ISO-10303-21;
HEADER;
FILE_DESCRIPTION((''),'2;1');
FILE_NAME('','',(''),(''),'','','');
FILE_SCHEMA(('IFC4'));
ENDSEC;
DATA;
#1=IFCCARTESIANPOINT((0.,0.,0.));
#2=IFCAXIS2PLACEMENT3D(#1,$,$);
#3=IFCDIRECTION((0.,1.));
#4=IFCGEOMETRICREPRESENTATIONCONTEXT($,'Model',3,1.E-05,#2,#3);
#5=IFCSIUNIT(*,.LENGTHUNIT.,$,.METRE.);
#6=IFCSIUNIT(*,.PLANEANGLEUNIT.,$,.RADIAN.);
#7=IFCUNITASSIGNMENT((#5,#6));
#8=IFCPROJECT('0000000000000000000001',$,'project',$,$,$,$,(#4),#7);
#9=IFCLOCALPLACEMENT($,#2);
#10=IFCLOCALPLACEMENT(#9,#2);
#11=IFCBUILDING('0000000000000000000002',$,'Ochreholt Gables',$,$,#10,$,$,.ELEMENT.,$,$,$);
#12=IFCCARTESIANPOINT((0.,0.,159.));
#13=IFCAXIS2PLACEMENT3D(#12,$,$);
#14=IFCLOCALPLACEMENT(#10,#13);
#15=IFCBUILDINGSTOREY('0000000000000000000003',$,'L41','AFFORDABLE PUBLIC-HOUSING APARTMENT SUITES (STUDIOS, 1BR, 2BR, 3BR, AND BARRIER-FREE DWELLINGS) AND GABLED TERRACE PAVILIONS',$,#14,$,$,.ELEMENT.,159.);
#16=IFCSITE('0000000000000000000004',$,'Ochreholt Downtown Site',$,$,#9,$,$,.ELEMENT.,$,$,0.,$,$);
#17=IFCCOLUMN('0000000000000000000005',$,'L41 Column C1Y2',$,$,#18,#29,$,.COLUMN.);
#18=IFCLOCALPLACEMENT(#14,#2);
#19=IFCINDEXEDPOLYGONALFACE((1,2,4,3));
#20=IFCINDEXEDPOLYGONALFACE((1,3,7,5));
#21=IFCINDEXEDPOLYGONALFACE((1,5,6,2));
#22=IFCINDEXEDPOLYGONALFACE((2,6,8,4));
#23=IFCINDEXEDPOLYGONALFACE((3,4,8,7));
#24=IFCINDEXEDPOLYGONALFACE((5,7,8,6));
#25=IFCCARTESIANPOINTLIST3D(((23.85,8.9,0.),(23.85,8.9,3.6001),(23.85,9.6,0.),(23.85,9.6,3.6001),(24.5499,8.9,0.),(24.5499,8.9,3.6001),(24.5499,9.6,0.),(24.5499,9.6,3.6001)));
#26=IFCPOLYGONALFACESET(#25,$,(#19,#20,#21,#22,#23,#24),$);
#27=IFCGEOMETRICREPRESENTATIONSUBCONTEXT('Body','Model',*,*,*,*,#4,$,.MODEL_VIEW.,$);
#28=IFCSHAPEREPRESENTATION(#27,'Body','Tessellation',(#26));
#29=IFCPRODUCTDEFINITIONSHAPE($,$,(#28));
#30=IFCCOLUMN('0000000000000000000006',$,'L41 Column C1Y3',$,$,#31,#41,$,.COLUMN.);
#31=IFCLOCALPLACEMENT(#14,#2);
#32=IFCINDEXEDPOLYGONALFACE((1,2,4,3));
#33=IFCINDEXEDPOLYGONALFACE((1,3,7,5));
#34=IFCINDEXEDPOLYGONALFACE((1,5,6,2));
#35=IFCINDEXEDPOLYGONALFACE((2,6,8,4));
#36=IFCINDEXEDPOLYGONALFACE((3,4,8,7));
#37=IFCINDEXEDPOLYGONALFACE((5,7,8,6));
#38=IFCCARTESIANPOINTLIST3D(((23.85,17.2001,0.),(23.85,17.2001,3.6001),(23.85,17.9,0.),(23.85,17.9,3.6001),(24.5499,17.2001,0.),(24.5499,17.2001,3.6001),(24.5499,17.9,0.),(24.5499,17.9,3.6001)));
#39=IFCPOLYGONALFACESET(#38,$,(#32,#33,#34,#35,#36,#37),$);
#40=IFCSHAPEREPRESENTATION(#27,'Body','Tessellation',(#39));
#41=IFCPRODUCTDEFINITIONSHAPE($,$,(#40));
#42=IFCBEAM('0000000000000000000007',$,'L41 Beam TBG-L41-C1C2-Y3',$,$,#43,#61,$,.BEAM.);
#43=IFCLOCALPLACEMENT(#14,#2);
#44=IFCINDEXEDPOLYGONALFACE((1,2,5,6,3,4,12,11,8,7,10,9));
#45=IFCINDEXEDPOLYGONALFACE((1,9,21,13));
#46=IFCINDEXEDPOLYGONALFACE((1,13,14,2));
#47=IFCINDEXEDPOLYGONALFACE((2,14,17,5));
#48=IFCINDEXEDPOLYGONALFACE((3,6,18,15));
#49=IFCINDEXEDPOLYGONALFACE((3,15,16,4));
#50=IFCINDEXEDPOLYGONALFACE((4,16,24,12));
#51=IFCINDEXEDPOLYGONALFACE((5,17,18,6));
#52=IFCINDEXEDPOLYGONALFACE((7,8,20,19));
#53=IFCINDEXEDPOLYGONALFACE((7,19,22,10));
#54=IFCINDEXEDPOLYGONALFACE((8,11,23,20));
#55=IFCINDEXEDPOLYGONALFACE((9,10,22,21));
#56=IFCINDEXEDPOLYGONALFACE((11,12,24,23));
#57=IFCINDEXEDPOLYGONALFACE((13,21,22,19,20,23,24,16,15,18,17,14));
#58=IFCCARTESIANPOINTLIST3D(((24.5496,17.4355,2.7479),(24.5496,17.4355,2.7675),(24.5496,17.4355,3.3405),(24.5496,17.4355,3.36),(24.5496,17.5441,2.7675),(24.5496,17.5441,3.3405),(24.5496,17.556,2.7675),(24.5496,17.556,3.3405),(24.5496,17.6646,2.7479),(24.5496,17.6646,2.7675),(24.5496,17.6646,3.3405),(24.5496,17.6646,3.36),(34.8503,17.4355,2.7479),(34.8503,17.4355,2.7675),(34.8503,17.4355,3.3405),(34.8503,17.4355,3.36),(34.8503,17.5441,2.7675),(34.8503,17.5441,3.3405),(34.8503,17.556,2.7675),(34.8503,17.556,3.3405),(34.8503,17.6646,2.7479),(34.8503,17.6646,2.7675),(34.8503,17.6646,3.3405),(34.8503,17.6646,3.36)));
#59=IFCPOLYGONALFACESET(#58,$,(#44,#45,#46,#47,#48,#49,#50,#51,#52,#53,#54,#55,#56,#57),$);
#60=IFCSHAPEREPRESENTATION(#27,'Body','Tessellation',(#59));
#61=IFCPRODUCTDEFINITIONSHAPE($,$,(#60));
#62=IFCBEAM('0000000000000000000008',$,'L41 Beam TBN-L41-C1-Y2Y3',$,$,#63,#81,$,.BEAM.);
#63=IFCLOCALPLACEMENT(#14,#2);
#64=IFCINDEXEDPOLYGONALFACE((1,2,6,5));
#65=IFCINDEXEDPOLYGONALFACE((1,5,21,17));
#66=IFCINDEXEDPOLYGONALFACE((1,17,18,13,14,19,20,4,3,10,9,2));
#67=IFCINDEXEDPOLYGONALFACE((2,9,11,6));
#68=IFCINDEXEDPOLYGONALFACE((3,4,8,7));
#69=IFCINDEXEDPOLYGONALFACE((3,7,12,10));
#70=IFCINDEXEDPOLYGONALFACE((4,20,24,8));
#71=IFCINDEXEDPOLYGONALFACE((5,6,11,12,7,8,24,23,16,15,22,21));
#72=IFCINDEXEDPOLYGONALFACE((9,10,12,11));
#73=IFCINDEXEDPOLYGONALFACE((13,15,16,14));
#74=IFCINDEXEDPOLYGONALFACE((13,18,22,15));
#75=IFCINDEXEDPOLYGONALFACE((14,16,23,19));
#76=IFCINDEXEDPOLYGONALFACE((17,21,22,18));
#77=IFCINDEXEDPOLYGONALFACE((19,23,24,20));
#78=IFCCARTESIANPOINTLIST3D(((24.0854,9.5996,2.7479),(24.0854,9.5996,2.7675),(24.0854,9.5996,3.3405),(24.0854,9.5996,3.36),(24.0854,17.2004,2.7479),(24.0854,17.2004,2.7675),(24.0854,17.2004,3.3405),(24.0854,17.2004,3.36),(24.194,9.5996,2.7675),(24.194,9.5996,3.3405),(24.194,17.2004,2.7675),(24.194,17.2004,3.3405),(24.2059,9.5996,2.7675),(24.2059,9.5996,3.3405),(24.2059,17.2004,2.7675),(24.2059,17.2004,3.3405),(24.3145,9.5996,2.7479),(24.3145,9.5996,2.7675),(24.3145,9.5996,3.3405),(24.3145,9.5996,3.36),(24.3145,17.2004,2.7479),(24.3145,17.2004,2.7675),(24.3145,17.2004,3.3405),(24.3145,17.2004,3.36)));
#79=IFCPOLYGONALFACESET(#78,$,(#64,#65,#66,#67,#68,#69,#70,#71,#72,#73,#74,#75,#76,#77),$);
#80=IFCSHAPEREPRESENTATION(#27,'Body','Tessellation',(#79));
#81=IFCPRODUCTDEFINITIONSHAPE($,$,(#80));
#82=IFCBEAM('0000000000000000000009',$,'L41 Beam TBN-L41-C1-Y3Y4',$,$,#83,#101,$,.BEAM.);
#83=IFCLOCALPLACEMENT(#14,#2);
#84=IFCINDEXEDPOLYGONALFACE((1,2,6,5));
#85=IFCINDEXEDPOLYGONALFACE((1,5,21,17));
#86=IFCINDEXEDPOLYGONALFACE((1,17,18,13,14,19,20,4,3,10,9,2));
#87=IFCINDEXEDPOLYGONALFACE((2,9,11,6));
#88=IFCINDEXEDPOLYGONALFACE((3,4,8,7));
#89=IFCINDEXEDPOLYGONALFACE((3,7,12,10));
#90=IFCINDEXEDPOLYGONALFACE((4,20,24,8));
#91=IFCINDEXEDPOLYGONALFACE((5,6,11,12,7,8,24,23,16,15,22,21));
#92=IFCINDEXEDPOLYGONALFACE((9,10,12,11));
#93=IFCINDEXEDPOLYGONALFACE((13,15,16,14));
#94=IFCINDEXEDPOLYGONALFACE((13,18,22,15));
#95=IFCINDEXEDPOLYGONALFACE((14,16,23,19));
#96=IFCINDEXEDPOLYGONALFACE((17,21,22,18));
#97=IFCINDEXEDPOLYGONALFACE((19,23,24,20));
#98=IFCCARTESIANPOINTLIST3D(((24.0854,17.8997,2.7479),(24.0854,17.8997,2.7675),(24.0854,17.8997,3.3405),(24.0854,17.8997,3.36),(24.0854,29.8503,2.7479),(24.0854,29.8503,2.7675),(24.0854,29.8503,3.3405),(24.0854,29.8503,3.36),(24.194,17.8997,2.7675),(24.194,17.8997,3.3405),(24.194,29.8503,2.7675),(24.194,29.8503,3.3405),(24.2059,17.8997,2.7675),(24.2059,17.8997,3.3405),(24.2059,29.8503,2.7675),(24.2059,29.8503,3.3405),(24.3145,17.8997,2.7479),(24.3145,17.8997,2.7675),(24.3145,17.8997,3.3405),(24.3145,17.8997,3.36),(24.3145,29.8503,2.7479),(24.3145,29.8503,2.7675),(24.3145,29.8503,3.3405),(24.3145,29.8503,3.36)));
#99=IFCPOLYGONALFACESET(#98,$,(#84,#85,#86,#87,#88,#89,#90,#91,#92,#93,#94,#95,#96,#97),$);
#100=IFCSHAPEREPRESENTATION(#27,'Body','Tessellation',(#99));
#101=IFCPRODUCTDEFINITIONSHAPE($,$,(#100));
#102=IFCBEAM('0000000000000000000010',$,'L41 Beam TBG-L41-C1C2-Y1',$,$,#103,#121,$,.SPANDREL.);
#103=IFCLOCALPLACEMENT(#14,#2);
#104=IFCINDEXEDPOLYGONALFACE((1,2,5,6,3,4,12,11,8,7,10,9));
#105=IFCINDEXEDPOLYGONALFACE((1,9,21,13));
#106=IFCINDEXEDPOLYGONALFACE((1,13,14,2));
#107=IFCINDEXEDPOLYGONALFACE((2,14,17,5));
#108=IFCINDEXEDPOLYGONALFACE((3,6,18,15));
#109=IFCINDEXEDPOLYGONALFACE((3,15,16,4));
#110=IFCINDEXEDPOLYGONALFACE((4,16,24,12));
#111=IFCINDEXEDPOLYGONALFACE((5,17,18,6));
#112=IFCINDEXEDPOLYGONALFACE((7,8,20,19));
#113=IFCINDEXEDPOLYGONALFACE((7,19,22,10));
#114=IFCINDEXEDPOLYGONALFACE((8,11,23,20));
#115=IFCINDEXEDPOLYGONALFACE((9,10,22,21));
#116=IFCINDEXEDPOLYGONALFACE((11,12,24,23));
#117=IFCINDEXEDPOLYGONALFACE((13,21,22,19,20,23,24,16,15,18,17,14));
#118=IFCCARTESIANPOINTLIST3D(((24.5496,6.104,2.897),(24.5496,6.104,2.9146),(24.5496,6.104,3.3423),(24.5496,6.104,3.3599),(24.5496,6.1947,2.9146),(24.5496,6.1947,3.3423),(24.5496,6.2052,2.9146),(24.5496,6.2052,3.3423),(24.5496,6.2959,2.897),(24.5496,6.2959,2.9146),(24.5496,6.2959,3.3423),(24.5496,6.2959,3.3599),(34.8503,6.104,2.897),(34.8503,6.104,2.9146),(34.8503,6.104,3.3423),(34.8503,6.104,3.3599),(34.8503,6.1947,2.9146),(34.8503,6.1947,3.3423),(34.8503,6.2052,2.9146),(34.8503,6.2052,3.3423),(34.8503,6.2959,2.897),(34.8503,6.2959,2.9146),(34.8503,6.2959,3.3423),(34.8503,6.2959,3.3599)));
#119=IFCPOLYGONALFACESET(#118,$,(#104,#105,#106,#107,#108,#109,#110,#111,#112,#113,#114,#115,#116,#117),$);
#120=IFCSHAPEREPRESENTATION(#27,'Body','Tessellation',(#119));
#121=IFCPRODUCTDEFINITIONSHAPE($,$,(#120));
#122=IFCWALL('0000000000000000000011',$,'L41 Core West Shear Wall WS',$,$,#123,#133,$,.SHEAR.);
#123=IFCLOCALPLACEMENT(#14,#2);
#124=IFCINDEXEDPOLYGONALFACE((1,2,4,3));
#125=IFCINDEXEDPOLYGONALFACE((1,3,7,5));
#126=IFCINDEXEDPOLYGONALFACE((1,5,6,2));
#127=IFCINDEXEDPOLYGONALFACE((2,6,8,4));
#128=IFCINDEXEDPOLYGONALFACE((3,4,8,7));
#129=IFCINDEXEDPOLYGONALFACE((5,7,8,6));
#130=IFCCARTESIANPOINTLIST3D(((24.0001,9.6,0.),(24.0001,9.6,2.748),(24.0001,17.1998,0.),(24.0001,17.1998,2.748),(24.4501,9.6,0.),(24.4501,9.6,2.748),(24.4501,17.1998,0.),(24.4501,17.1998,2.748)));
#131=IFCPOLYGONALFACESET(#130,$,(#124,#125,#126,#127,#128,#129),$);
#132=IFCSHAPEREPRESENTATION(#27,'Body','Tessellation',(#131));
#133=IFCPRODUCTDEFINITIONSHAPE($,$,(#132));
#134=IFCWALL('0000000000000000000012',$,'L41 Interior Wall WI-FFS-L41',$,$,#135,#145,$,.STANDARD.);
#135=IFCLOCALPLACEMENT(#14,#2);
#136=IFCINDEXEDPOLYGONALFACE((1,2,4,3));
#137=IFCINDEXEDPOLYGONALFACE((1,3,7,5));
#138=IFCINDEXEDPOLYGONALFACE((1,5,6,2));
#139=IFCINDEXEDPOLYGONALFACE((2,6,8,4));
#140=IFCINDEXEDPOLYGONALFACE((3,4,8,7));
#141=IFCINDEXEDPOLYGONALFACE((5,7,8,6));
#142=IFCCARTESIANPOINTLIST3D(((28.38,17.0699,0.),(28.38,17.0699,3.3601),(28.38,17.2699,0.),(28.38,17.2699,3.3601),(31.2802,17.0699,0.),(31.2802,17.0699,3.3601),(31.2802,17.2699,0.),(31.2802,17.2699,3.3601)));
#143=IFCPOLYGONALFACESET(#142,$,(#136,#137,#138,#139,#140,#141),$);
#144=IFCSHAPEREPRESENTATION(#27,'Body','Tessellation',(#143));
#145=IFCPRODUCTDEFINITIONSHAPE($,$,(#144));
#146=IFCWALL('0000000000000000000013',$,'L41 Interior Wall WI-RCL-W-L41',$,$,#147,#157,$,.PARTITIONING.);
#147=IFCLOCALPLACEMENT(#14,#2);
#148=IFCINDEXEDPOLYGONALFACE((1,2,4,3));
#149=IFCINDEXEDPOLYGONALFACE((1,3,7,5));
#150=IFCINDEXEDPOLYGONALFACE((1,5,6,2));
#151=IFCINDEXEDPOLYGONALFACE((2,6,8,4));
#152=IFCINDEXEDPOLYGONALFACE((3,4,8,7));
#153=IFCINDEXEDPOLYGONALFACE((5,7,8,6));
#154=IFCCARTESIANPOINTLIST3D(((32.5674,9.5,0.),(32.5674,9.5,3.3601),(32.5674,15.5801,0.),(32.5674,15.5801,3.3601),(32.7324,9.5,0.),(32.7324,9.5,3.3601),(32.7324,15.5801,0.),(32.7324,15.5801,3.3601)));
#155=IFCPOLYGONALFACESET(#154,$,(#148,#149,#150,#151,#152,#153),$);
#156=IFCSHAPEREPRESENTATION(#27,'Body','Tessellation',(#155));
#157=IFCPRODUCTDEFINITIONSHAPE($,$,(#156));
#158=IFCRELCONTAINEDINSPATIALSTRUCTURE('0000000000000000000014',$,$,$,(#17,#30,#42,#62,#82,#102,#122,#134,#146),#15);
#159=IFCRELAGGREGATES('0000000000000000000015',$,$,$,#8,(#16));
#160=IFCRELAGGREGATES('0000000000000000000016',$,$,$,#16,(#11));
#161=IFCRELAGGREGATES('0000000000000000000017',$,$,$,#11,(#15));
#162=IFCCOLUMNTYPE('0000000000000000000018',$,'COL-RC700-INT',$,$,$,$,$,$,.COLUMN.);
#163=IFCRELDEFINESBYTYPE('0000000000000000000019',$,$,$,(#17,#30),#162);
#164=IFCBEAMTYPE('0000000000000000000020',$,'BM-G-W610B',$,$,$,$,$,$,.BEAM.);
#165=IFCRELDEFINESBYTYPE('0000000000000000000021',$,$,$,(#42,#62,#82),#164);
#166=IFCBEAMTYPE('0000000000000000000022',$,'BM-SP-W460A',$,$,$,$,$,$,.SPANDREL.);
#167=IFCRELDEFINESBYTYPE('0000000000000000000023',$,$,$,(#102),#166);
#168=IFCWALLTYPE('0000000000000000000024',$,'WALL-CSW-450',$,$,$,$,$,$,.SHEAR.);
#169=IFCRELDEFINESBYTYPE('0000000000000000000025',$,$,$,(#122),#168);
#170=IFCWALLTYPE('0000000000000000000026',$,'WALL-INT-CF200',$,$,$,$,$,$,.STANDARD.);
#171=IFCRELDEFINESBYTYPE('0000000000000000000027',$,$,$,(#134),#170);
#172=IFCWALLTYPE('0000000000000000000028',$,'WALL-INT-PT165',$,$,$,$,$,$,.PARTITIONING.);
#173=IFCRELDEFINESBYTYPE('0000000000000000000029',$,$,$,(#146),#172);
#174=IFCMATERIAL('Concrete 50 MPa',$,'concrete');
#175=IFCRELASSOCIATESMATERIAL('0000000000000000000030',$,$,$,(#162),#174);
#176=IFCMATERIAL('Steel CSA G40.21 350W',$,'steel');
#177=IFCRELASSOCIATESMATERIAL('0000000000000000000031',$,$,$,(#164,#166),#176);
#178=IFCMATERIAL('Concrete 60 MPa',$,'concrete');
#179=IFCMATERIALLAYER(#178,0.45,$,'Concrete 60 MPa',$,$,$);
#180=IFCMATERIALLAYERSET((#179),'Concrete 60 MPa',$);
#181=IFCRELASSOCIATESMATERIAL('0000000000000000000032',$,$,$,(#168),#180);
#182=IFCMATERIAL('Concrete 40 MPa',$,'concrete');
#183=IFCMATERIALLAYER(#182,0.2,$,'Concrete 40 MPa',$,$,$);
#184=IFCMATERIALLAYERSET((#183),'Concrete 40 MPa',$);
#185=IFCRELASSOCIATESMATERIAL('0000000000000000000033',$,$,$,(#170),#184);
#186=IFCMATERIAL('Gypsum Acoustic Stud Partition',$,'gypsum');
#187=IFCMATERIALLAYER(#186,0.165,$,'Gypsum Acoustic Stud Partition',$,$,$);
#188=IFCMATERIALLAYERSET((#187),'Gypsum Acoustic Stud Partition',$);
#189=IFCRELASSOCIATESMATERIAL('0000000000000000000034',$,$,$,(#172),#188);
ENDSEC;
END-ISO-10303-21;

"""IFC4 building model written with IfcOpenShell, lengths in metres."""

from ifc_helpers import new_model, si_unit, direction, frame, frame_2d, origin, origin_2d, place, context, subcontext, project, spatial, rectangle, i_section, extrude, material, layer, layer_set, material_profile, profile_set, type_object, element, save


model = new_model("IFC4")

# Units and contexts
model_context = context("Model", 3, precision=1e-05, world=origin(), true_north=direction((0.0, 1.0)))
body_context = subcontext(model_context, "Body", "Model", "MODEL_VIEW")
ifc_project = project(units=[si_unit("LENGTHUNIT", "METRE"), si_unit("PLANEANGLEUNIT", "RADIAN")], contexts=[model_context])

# Site, building, storey
site_placement = place(None, origin())
site = spatial("IfcSite", under=ifc_project, at=site_placement, Name="Ochreholt Downtown Site", CompositionType="ELEMENT", RefElevation=0.0)
building_placement = place(site_placement, origin())
building = spatial("IfcBuilding", under=site, at=building_placement, Name="Ochreholt Gables", CompositionType="ELEMENT")
storey_placement = place(building_placement, frame((0.0, 0.0, 159.0)))
storey = spatial("IfcBuildingStorey", under=building, at=storey_placement, Name="L41", Description="AFFORDABLE PUBLIC-HOUSING APARTMENT SUITES (STUDIOS, 1BR, 2BR, 3BR, AND BARRIER-FREE DWELLINGS) AND GABLED TERRACE PAVILIONS", CompositionType="ELEMENT", Elevation=159.0)

# Columns
ifc_material_1 = material(Name="Concrete 50 MPa", Category="concrete")
ifc_material_profile_1 = material_profile(ifc_material_1, rectangle(XDim=0.7, YDim=0.7, at=origin_2d()), Name="RC700X700")
ifc_profile_set_1 = profile_set([ifc_material_profile_1], Name="Concrete 50 MPa")
column_type = type_object("IfcColumnType", Name="COL-RC700-INT", PredefinedType="COLUMN", material=ifc_profile_set_1)
for number, where, z_axis, x_axis, name in (
    (1, (24.2, 9.25, 0.0), (0.0, 0.0, 1.0), (1.0, 0.0, 0.0), "L41 Column C1Y2"),
    (2, (24.2, 17.55, 0.0), (0.0, 0.0, 1.0), (1.0, 0.0, 0.0), "L41 Column C1Y3"),
):
    element("IfcColumn", number, at=place(storey_placement, frame(where, z_axis=z_axis, x_axis=x_axis)), inside=storey, type_object=column_type, Name=name, PredefinedType="COLUMN", context=body_context, shape_type="SweptSolid", body=[
        extrude(rectangle(XDim=0.7, YDim=0.7, at=origin_2d()), origin(), (0.0, 0.0, 1.0), 3.6001),
    ])

# Beams
ifc_material_2 = material(Name="Steel CSA G40.21 350W", Category="steel")
ifc_material_profile_2 = material_profile(ifc_material_2, i_section(OverallWidth=0.229, OverallDepth=0.6121, WebThickness=0.012, FlangeThickness=0.0195, at=origin_2d()), Name="W610X125")
ifc_profile_set_2 = profile_set([ifc_material_profile_2], Name="Steel CSA G40.21 350W")
beam_type_1 = type_object("IfcBeamType", Name="BM-G-W610B", PredefinedType="BEAM", material=ifc_profile_set_2)
beam_1_placement = place(storey_placement, frame((24.5496, 17.55, 3.054), z_axis=(1.0, 0.0, 0.0), x_axis=(0.0, 1.0, 0.0)))
element("IfcBeam", 3, at=beam_1_placement, inside=storey, type_object=beam_type_1, Name="L41 Beam TBG-L41-C1C2-Y3", PredefinedType="BEAM", context=body_context, shape_type="SweptSolid", body=[
    extrude(i_section(OverallWidth=0.229, OverallDepth=0.6121, WebThickness=0.012, FlangeThickness=0.0195, at=origin_2d()), origin(), (0.0, 0.0, 1.0), 10.3008),
])
beam_2_placement = place(storey_placement, frame((24.2, 9.5996, 3.054), z_axis=(0.0, 1.0, 0.0), x_axis=(-1.0, 0.0, 0.0)))
element("IfcBeam", 4, at=beam_2_placement, inside=storey, type_object=beam_type_1, Name="L41 Beam TBN-L41-C1-Y2Y3", PredefinedType="BEAM", context=body_context, shape_type="SweptSolid", body=[
    extrude(i_section(OverallWidth=0.229, OverallDepth=0.6121, WebThickness=0.012, FlangeThickness=0.0195, at=origin_2d()), origin(), (0.0, 0.0, 1.0), 7.6008),
])
beam_3_placement = place(storey_placement, frame((24.2, 17.8997, 3.054), z_axis=(0.0, 1.0, 0.0), x_axis=(-1.0, 0.0, 0.0)))
element("IfcBeam", 5, at=beam_3_placement, inside=storey, type_object=beam_type_1, Name="L41 Beam TBN-L41-C1-Y3Y4", PredefinedType="BEAM", context=body_context, shape_type="SweptSolid", body=[
    extrude(i_section(OverallWidth=0.229, OverallDepth=0.6121, WebThickness=0.012, FlangeThickness=0.0195, at=origin_2d()), origin(), (0.0, 0.0, 1.0), 11.9507),
])
ifc_material_profile_3 = material_profile(ifc_material_2, i_section(OverallWidth=0.1919, OverallDepth=0.4629, WebThickness=0.0105, FlangeThickness=0.0176, at=origin_2d()), Name="W460X89")
ifc_profile_set_3 = profile_set([ifc_material_profile_3], Name="Steel CSA G40.21 350W")
beam_type_2 = type_object("IfcBeamType", Name="BM-SP-W460A", PredefinedType="SPANDREL", material=ifc_profile_set_3)
beam_4_placement = place(storey_placement, frame((24.5496, 6.2, 3.1284), z_axis=(1.0, 0.0, 0.0), x_axis=(0.0, 1.0, 0.0)))
element("IfcBeam", 6, at=beam_4_placement, inside=storey, type_object=beam_type_2, Name="L41 Beam TBG-L41-C1C2-Y1", PredefinedType="SPANDREL", context=body_context, shape_type="SweptSolid", body=[
    extrude(i_section(OverallWidth=0.1919, OverallDepth=0.4629, WebThickness=0.0105, FlangeThickness=0.0176, at=origin_2d()), origin(), (0.0, 0.0, 1.0), 10.3008),
])

# Walls
ifc_material_3 = material(Name="Concrete 60 MPa", Category="concrete")
ifc_layer_1 = layer(ifc_material_3, 0.45, Name="Concrete 60 MPa")
ifc_layer_set_1 = layer_set([ifc_layer_1], Name="Concrete 60 MPa")
wall_type_1 = type_object("IfcWallType", Name="WALL-CSW-450", PredefinedType="SHEAR", material=ifc_layer_set_1)
wall_1_placement = place(storey_placement, frame((24.2251, 9.6001, 0.0), z_axis=(0.0, 0.0, 1.0), x_axis=(0.0, 1.0, 0.0)))
element("IfcWall", 7, at=wall_1_placement, inside=storey, type_object=wall_type_1, Name="L41 Core West Shear Wall WS", PredefinedType="SHEAR", context=body_context, shape_type="SweptSolid", body=[
    extrude(rectangle(XDim=7.5999, YDim=0.45, at=frame_2d((3.7998, 0.0))), origin(), (0.0, 0.0, 1.0), 2.748),
])
ifc_material_4 = material(Name="Concrete 40 MPa", Category="concrete")
ifc_layer_2 = layer(ifc_material_4, 0.2, Name="Concrete 40 MPa")
ifc_layer_set_2 = layer_set([ifc_layer_2], Name="Concrete 40 MPa")
wall_type_2 = type_object("IfcWallType", Name="WALL-INT-CF200", PredefinedType="STANDARD", material=ifc_layer_set_2)
wall_2_placement = place(storey_placement, frame((28.3799, 17.1699, 0.0), z_axis=(0.0, 0.0, 1.0), x_axis=(1.0, 0.0, 0.0)))
element("IfcWall", 8, at=wall_2_placement, inside=storey, type_object=wall_type_2, Name="L41 Interior Wall WI-FFS-L41", PredefinedType="STANDARD", context=body_context, shape_type="SweptSolid", body=[
    extrude(rectangle(XDim=2.9001, YDim=0.2, at=frame_2d((1.4502, 0.0))), origin(), (0.0, 0.0, 1.0), 3.3601),
])

# Wall
ifc_material_5 = material(Name="Gypsum Acoustic Stud Partition", Category="gypsum")
ifc_layer_3 = layer(ifc_material_5, 0.165, Name="Gypsum Acoustic Stud Partition")
ifc_layer_set_3 = layer_set([ifc_layer_3], Name="Gypsum Acoustic Stud Partition")
wall_type_3 = type_object("IfcWallType", Name="WALL-INT-PT165", PredefinedType="PARTITIONING", material=ifc_layer_set_3)
wall_3_placement = place(storey_placement, frame((32.6499, 9.5, 0.0), z_axis=(0.0, 0.0, 1.0), x_axis=(0.0, 1.0, 0.0)))
element("IfcWall", 9, at=wall_3_placement, inside=storey, type_object=wall_type_3, Name="L41 Interior Wall WI-RCL-W-L41", PredefinedType="PARTITIONING", context=body_context, shape_type="SweptSolid", body=[
    extrude(rectangle(XDim=6.0801, YDim=0.165, at=frame_2d((3.04, 0.0))), origin(), (0.0, 0.0, 1.0), 3.3601),
])

save(model, "model.ifc")
